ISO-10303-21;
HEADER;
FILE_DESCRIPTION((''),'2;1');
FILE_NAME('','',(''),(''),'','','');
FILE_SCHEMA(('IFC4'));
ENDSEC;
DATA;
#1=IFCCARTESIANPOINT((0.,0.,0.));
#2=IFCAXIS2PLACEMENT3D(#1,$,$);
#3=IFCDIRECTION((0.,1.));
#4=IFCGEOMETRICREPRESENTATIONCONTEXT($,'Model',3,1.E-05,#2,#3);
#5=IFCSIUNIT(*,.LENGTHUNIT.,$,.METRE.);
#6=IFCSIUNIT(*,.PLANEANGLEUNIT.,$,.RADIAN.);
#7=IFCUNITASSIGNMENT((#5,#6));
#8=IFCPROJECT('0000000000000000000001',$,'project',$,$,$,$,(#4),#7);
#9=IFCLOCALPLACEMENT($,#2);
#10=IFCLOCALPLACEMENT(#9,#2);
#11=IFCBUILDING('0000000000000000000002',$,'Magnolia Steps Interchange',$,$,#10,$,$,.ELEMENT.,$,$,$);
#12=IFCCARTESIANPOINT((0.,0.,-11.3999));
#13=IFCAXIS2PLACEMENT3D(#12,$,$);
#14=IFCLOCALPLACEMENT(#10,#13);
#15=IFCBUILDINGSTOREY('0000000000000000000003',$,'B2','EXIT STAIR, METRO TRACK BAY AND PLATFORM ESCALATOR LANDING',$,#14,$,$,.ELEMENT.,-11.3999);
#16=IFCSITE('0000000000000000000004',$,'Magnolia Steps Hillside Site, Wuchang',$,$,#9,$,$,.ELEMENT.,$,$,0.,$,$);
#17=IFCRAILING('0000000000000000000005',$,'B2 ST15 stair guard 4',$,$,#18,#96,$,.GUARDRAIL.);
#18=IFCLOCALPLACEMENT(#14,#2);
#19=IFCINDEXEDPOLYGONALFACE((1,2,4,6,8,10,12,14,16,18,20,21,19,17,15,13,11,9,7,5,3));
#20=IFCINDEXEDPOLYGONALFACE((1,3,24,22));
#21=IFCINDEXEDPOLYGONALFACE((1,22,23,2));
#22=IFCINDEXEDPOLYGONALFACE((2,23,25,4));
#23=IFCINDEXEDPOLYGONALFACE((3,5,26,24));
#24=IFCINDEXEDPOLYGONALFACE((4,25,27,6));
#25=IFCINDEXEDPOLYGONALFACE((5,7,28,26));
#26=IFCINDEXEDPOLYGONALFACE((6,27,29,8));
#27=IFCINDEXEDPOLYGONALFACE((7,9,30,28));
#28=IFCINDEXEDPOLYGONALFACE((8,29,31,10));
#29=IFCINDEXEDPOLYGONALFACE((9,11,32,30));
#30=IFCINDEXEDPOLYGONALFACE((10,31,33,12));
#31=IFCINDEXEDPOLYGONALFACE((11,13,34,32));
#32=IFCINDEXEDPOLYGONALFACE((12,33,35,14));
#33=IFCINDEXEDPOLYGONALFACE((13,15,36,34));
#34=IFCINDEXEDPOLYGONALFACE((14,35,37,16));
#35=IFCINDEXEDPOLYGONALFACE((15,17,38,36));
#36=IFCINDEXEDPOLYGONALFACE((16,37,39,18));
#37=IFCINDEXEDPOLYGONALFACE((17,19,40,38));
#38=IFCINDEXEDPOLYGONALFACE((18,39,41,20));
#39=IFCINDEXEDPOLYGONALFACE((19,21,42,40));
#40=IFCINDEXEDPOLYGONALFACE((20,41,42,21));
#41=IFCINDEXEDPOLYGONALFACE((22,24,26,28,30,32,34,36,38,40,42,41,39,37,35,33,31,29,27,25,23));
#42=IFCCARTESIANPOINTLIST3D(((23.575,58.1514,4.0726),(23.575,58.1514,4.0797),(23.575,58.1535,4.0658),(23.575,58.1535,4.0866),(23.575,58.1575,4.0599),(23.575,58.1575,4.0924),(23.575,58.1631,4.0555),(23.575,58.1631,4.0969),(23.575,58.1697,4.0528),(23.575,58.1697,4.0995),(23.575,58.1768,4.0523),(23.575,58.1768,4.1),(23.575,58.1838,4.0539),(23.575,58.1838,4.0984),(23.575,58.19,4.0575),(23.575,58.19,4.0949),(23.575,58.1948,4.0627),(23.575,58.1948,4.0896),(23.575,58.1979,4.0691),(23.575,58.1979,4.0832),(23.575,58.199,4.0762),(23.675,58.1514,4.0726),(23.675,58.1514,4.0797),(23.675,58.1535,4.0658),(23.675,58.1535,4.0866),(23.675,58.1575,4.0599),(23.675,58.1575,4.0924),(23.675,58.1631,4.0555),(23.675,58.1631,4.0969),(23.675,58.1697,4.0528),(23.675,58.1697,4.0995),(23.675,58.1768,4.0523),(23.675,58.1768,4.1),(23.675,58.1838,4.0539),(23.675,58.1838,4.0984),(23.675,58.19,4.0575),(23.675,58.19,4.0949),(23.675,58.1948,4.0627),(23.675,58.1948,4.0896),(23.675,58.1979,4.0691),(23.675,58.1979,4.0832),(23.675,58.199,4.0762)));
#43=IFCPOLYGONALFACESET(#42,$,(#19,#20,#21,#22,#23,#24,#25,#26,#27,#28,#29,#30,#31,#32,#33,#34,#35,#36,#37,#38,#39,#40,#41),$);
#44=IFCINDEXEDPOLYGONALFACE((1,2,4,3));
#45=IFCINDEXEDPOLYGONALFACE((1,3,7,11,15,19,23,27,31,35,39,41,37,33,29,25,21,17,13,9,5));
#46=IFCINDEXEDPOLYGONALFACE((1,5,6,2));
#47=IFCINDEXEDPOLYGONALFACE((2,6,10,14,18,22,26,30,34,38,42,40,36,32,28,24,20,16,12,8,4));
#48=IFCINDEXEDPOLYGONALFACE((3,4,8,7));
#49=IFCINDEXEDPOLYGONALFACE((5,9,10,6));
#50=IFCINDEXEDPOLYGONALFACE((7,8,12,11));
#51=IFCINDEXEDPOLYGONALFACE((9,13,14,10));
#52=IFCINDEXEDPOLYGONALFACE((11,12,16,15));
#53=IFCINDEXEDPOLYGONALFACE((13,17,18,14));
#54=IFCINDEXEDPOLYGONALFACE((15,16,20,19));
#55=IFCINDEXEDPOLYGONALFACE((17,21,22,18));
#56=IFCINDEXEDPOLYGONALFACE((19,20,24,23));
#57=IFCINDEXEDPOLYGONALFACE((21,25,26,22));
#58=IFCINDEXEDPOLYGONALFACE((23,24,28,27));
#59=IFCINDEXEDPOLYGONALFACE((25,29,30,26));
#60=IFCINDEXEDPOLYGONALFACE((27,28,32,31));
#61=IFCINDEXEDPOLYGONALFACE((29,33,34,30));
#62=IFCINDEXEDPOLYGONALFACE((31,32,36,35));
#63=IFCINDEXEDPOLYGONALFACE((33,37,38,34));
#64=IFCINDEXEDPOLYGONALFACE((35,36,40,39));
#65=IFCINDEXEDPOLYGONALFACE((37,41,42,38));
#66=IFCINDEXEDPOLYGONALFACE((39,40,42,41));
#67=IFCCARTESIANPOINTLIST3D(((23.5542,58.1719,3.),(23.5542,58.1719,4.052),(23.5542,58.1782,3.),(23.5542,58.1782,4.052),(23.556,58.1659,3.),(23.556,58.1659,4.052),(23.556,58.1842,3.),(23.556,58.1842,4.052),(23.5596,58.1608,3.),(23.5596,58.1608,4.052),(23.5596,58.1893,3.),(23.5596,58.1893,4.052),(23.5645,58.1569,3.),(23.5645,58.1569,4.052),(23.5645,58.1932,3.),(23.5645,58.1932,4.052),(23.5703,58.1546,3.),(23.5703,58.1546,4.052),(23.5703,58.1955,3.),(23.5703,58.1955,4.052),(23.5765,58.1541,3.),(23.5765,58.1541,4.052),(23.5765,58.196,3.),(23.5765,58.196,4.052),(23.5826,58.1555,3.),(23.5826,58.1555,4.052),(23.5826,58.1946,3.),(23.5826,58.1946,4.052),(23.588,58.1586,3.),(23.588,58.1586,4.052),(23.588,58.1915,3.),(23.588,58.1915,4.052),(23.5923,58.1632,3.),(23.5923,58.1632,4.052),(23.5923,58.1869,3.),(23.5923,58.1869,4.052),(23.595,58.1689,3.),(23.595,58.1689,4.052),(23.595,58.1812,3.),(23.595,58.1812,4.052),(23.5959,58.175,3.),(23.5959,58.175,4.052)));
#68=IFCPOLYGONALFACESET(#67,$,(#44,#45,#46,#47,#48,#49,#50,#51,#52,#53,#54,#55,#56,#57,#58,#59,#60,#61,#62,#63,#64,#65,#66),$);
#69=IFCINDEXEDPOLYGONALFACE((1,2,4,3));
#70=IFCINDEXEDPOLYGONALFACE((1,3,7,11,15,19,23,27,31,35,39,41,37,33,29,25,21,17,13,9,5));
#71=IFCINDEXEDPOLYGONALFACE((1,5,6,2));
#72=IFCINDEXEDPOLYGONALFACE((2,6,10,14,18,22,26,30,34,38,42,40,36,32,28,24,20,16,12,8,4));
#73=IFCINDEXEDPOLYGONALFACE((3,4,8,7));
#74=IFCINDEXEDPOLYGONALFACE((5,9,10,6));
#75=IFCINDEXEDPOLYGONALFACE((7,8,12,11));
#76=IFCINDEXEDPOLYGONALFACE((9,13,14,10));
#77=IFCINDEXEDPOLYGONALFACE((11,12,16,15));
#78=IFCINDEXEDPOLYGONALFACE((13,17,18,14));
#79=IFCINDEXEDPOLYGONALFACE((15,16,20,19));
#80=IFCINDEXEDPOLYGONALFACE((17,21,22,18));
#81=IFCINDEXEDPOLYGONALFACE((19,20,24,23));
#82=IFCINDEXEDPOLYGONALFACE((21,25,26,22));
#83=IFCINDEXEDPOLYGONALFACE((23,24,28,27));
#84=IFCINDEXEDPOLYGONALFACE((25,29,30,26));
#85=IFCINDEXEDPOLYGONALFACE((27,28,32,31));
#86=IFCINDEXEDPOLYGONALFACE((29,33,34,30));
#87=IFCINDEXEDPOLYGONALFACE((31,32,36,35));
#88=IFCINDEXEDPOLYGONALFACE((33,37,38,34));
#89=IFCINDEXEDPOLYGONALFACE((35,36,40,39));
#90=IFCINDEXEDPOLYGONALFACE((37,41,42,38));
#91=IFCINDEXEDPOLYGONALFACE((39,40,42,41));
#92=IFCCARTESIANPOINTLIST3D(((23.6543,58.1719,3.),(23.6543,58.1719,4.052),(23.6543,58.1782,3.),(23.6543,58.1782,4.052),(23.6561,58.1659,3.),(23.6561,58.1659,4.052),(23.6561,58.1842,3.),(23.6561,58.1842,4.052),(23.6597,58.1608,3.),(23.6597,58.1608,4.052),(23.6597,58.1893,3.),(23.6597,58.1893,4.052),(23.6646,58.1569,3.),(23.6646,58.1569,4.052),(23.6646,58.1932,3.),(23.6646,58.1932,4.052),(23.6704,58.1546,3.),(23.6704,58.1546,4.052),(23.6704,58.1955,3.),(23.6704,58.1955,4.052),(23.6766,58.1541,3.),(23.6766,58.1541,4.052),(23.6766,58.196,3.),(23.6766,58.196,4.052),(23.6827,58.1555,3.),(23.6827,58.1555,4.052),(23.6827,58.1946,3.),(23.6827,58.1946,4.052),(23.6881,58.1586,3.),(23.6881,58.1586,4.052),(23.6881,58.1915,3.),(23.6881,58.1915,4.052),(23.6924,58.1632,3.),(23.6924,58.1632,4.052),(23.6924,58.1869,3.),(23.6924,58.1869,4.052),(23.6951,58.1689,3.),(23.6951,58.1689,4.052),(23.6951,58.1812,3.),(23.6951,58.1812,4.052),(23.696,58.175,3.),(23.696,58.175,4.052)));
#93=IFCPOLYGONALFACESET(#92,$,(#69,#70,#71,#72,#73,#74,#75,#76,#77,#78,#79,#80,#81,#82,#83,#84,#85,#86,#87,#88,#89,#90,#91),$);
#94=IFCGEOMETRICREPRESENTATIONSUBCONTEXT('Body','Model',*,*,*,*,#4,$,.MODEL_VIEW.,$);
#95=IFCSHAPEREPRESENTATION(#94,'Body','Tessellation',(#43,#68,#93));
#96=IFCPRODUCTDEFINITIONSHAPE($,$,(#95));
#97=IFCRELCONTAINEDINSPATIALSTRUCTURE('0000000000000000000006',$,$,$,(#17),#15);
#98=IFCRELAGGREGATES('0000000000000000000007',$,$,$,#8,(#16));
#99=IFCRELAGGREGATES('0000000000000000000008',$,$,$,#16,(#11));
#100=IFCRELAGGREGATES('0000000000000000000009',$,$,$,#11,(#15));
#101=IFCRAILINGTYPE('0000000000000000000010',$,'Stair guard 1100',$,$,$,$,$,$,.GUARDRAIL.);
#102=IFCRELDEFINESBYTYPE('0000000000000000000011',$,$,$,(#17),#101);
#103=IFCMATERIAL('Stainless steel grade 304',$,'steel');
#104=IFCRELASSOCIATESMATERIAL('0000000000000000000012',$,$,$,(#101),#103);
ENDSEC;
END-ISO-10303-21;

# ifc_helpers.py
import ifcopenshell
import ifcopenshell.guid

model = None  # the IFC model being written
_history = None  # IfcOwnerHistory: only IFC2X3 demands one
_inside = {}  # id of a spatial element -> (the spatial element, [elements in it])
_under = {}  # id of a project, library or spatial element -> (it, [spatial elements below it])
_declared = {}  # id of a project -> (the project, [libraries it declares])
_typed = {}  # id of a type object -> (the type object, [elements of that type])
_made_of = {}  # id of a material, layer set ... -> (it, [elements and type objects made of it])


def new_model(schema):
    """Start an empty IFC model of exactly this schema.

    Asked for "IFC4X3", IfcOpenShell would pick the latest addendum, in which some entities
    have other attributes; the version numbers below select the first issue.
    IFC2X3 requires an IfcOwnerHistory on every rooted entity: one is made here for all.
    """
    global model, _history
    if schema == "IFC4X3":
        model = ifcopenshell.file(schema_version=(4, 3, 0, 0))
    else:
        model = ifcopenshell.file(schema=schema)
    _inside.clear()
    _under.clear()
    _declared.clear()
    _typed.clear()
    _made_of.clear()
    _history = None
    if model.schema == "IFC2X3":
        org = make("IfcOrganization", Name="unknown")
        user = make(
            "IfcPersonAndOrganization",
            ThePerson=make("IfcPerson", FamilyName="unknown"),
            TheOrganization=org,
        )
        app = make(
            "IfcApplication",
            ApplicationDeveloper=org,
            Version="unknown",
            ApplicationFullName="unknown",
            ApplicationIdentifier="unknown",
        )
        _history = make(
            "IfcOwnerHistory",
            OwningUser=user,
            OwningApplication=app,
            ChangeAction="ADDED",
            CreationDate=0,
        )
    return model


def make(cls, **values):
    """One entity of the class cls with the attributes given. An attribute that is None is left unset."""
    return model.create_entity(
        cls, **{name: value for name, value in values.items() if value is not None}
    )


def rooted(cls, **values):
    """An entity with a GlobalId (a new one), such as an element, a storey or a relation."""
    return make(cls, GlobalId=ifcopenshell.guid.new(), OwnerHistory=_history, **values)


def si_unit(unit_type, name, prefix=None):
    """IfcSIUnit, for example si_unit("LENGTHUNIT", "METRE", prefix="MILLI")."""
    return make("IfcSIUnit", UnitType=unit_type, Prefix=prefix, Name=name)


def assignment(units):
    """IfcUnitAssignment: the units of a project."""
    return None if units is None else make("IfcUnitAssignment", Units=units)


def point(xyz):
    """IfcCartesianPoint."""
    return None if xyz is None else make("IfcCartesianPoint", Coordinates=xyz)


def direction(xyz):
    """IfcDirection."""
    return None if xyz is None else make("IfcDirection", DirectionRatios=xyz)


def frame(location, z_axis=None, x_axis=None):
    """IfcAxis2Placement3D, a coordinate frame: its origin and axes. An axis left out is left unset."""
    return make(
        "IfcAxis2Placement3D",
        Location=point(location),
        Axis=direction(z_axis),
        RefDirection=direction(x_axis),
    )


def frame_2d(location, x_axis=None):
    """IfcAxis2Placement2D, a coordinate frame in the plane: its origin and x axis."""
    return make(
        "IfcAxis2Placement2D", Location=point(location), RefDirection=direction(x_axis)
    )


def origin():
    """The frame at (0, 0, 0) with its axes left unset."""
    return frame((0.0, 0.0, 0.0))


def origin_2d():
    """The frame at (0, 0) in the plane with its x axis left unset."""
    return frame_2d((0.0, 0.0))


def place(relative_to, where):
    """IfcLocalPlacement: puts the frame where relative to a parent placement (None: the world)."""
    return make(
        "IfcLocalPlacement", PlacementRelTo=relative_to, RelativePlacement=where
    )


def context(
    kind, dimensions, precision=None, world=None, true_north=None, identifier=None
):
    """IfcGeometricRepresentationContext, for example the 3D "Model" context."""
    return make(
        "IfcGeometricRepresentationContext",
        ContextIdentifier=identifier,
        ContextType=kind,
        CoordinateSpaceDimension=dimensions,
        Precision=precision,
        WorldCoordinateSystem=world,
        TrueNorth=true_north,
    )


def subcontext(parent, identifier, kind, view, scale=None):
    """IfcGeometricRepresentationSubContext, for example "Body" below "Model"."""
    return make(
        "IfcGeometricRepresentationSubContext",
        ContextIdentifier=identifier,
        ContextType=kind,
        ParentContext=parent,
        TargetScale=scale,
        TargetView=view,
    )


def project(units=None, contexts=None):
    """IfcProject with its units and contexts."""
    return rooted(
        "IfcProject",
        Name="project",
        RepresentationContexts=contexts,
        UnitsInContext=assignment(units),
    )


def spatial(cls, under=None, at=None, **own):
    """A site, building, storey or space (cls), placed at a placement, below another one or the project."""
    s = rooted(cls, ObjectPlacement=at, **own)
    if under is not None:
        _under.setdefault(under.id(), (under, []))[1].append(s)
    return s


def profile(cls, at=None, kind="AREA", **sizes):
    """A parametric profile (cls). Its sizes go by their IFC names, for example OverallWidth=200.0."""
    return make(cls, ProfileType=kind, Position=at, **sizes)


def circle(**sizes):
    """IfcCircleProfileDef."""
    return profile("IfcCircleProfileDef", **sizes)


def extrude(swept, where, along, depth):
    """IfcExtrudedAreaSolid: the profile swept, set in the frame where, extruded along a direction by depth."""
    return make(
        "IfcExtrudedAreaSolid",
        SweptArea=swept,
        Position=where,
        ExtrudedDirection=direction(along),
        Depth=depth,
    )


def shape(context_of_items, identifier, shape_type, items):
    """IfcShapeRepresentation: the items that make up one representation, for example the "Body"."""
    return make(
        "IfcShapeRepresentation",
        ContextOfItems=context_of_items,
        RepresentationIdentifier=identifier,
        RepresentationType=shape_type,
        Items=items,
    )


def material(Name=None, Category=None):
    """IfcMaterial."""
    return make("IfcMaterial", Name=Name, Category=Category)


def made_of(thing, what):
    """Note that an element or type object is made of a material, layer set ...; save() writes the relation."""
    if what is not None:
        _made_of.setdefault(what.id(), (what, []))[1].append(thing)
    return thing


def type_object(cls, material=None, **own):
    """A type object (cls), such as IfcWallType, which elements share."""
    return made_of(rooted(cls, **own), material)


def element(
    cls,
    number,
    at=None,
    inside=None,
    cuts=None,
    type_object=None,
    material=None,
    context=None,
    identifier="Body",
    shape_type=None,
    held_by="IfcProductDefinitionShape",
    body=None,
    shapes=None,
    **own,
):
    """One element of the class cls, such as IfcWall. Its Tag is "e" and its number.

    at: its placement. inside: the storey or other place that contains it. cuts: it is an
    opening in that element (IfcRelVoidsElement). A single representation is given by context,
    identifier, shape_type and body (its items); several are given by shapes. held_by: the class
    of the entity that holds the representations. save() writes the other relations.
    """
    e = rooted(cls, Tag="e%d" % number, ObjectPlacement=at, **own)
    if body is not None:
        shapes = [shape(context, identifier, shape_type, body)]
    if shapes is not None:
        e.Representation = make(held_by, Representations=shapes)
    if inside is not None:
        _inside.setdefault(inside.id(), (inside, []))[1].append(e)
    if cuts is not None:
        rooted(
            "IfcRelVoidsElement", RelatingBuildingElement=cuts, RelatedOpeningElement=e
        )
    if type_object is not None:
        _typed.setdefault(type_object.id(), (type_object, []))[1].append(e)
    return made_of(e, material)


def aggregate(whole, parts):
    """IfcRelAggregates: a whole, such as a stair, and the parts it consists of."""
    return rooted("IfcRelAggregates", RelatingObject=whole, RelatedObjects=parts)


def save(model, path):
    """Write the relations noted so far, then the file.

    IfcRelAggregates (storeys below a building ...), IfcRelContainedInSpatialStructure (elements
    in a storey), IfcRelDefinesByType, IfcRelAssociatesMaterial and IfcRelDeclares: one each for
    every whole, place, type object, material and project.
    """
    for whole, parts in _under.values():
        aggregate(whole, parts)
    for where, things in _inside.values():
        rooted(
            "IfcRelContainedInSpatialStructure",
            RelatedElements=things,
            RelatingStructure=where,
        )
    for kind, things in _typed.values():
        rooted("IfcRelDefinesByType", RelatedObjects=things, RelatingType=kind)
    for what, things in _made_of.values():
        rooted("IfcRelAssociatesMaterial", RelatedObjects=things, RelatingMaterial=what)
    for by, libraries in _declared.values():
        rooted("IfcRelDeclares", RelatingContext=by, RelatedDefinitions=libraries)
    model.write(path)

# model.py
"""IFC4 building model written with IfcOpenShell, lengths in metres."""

from ifc_helpers import new_model, si_unit, direction, frame, origin, origin_2d, place, context, subcontext, project, spatial, circle, extrude, material, type_object, element, save


model = new_model("IFC4")

# Units and contexts
model_context = context("Model", 3, precision=1e-05, world=origin(), true_north=direction((0.0, 1.0)))
body_context = subcontext(model_context, "Body", "Model", "MODEL_VIEW")
ifc_project = project(units=[si_unit("LENGTHUNIT", "METRE"), si_unit("PLANEANGLEUNIT", "RADIAN")], contexts=[model_context])

# Site, building, storey
site_placement = place(None, origin())
site = spatial("IfcSite", under=ifc_project, at=site_placement, Name="Magnolia Steps Hillside Site, Wuchang", CompositionType="ELEMENT", RefElevation=0.0)
building_placement = place(site_placement, origin())
building = spatial("IfcBuilding", under=site, at=building_placement, Name="Magnolia Steps Interchange", CompositionType="ELEMENT")
storey_placement = place(building_placement, frame((0.0, 0.0, -11.3999)))
storey = spatial("IfcBuildingStorey", under=building, at=storey_placement, Name="B2", Description="EXIT STAIR, METRO TRACK BAY AND PLATFORM ESCALATOR LANDING", CompositionType="ELEMENT", Elevation=-11.3999)

# Railing
ifc_material_1 = material(Name="Stainless steel grade 304", Category="steel")
railing_type_1 = type_object("IfcRailingType", Name="Stair guard 1100", PredefinedType="GUARDRAIL", material=ifc_material_1)
railing_1_placement = place(storey_placement, frame((23.575, 58.175, 3.0)))
element("IfcRailing", 1, at=railing_1_placement, inside=storey, type_object=railing_type_1, Name="B2 ST15 stair guard 4", PredefinedType="GUARDRAIL", context=body_context, shape_type="SweptSolid", body=[
    extrude(circle(Radius=0.0239, at=origin_2d()), frame((0.0, 0.0, 1.0762), z_axis=(1.0, 0.0, 0.0), x_axis=(0.0, 1.0, 0.0)), (0.0, 0.0, 1.0), 0.1001),
    extrude(circle(Radius=0.021, at=origin_2d()), origin(), (0.0, 0.0, 1.0), 1.052),
    extrude(circle(Radius=0.021, at=origin_2d()), frame((0.1001, 0.0, 0.0)), (0.0, 0.0, 1.0), 1.052),
])

save(model, "model.ifc")
